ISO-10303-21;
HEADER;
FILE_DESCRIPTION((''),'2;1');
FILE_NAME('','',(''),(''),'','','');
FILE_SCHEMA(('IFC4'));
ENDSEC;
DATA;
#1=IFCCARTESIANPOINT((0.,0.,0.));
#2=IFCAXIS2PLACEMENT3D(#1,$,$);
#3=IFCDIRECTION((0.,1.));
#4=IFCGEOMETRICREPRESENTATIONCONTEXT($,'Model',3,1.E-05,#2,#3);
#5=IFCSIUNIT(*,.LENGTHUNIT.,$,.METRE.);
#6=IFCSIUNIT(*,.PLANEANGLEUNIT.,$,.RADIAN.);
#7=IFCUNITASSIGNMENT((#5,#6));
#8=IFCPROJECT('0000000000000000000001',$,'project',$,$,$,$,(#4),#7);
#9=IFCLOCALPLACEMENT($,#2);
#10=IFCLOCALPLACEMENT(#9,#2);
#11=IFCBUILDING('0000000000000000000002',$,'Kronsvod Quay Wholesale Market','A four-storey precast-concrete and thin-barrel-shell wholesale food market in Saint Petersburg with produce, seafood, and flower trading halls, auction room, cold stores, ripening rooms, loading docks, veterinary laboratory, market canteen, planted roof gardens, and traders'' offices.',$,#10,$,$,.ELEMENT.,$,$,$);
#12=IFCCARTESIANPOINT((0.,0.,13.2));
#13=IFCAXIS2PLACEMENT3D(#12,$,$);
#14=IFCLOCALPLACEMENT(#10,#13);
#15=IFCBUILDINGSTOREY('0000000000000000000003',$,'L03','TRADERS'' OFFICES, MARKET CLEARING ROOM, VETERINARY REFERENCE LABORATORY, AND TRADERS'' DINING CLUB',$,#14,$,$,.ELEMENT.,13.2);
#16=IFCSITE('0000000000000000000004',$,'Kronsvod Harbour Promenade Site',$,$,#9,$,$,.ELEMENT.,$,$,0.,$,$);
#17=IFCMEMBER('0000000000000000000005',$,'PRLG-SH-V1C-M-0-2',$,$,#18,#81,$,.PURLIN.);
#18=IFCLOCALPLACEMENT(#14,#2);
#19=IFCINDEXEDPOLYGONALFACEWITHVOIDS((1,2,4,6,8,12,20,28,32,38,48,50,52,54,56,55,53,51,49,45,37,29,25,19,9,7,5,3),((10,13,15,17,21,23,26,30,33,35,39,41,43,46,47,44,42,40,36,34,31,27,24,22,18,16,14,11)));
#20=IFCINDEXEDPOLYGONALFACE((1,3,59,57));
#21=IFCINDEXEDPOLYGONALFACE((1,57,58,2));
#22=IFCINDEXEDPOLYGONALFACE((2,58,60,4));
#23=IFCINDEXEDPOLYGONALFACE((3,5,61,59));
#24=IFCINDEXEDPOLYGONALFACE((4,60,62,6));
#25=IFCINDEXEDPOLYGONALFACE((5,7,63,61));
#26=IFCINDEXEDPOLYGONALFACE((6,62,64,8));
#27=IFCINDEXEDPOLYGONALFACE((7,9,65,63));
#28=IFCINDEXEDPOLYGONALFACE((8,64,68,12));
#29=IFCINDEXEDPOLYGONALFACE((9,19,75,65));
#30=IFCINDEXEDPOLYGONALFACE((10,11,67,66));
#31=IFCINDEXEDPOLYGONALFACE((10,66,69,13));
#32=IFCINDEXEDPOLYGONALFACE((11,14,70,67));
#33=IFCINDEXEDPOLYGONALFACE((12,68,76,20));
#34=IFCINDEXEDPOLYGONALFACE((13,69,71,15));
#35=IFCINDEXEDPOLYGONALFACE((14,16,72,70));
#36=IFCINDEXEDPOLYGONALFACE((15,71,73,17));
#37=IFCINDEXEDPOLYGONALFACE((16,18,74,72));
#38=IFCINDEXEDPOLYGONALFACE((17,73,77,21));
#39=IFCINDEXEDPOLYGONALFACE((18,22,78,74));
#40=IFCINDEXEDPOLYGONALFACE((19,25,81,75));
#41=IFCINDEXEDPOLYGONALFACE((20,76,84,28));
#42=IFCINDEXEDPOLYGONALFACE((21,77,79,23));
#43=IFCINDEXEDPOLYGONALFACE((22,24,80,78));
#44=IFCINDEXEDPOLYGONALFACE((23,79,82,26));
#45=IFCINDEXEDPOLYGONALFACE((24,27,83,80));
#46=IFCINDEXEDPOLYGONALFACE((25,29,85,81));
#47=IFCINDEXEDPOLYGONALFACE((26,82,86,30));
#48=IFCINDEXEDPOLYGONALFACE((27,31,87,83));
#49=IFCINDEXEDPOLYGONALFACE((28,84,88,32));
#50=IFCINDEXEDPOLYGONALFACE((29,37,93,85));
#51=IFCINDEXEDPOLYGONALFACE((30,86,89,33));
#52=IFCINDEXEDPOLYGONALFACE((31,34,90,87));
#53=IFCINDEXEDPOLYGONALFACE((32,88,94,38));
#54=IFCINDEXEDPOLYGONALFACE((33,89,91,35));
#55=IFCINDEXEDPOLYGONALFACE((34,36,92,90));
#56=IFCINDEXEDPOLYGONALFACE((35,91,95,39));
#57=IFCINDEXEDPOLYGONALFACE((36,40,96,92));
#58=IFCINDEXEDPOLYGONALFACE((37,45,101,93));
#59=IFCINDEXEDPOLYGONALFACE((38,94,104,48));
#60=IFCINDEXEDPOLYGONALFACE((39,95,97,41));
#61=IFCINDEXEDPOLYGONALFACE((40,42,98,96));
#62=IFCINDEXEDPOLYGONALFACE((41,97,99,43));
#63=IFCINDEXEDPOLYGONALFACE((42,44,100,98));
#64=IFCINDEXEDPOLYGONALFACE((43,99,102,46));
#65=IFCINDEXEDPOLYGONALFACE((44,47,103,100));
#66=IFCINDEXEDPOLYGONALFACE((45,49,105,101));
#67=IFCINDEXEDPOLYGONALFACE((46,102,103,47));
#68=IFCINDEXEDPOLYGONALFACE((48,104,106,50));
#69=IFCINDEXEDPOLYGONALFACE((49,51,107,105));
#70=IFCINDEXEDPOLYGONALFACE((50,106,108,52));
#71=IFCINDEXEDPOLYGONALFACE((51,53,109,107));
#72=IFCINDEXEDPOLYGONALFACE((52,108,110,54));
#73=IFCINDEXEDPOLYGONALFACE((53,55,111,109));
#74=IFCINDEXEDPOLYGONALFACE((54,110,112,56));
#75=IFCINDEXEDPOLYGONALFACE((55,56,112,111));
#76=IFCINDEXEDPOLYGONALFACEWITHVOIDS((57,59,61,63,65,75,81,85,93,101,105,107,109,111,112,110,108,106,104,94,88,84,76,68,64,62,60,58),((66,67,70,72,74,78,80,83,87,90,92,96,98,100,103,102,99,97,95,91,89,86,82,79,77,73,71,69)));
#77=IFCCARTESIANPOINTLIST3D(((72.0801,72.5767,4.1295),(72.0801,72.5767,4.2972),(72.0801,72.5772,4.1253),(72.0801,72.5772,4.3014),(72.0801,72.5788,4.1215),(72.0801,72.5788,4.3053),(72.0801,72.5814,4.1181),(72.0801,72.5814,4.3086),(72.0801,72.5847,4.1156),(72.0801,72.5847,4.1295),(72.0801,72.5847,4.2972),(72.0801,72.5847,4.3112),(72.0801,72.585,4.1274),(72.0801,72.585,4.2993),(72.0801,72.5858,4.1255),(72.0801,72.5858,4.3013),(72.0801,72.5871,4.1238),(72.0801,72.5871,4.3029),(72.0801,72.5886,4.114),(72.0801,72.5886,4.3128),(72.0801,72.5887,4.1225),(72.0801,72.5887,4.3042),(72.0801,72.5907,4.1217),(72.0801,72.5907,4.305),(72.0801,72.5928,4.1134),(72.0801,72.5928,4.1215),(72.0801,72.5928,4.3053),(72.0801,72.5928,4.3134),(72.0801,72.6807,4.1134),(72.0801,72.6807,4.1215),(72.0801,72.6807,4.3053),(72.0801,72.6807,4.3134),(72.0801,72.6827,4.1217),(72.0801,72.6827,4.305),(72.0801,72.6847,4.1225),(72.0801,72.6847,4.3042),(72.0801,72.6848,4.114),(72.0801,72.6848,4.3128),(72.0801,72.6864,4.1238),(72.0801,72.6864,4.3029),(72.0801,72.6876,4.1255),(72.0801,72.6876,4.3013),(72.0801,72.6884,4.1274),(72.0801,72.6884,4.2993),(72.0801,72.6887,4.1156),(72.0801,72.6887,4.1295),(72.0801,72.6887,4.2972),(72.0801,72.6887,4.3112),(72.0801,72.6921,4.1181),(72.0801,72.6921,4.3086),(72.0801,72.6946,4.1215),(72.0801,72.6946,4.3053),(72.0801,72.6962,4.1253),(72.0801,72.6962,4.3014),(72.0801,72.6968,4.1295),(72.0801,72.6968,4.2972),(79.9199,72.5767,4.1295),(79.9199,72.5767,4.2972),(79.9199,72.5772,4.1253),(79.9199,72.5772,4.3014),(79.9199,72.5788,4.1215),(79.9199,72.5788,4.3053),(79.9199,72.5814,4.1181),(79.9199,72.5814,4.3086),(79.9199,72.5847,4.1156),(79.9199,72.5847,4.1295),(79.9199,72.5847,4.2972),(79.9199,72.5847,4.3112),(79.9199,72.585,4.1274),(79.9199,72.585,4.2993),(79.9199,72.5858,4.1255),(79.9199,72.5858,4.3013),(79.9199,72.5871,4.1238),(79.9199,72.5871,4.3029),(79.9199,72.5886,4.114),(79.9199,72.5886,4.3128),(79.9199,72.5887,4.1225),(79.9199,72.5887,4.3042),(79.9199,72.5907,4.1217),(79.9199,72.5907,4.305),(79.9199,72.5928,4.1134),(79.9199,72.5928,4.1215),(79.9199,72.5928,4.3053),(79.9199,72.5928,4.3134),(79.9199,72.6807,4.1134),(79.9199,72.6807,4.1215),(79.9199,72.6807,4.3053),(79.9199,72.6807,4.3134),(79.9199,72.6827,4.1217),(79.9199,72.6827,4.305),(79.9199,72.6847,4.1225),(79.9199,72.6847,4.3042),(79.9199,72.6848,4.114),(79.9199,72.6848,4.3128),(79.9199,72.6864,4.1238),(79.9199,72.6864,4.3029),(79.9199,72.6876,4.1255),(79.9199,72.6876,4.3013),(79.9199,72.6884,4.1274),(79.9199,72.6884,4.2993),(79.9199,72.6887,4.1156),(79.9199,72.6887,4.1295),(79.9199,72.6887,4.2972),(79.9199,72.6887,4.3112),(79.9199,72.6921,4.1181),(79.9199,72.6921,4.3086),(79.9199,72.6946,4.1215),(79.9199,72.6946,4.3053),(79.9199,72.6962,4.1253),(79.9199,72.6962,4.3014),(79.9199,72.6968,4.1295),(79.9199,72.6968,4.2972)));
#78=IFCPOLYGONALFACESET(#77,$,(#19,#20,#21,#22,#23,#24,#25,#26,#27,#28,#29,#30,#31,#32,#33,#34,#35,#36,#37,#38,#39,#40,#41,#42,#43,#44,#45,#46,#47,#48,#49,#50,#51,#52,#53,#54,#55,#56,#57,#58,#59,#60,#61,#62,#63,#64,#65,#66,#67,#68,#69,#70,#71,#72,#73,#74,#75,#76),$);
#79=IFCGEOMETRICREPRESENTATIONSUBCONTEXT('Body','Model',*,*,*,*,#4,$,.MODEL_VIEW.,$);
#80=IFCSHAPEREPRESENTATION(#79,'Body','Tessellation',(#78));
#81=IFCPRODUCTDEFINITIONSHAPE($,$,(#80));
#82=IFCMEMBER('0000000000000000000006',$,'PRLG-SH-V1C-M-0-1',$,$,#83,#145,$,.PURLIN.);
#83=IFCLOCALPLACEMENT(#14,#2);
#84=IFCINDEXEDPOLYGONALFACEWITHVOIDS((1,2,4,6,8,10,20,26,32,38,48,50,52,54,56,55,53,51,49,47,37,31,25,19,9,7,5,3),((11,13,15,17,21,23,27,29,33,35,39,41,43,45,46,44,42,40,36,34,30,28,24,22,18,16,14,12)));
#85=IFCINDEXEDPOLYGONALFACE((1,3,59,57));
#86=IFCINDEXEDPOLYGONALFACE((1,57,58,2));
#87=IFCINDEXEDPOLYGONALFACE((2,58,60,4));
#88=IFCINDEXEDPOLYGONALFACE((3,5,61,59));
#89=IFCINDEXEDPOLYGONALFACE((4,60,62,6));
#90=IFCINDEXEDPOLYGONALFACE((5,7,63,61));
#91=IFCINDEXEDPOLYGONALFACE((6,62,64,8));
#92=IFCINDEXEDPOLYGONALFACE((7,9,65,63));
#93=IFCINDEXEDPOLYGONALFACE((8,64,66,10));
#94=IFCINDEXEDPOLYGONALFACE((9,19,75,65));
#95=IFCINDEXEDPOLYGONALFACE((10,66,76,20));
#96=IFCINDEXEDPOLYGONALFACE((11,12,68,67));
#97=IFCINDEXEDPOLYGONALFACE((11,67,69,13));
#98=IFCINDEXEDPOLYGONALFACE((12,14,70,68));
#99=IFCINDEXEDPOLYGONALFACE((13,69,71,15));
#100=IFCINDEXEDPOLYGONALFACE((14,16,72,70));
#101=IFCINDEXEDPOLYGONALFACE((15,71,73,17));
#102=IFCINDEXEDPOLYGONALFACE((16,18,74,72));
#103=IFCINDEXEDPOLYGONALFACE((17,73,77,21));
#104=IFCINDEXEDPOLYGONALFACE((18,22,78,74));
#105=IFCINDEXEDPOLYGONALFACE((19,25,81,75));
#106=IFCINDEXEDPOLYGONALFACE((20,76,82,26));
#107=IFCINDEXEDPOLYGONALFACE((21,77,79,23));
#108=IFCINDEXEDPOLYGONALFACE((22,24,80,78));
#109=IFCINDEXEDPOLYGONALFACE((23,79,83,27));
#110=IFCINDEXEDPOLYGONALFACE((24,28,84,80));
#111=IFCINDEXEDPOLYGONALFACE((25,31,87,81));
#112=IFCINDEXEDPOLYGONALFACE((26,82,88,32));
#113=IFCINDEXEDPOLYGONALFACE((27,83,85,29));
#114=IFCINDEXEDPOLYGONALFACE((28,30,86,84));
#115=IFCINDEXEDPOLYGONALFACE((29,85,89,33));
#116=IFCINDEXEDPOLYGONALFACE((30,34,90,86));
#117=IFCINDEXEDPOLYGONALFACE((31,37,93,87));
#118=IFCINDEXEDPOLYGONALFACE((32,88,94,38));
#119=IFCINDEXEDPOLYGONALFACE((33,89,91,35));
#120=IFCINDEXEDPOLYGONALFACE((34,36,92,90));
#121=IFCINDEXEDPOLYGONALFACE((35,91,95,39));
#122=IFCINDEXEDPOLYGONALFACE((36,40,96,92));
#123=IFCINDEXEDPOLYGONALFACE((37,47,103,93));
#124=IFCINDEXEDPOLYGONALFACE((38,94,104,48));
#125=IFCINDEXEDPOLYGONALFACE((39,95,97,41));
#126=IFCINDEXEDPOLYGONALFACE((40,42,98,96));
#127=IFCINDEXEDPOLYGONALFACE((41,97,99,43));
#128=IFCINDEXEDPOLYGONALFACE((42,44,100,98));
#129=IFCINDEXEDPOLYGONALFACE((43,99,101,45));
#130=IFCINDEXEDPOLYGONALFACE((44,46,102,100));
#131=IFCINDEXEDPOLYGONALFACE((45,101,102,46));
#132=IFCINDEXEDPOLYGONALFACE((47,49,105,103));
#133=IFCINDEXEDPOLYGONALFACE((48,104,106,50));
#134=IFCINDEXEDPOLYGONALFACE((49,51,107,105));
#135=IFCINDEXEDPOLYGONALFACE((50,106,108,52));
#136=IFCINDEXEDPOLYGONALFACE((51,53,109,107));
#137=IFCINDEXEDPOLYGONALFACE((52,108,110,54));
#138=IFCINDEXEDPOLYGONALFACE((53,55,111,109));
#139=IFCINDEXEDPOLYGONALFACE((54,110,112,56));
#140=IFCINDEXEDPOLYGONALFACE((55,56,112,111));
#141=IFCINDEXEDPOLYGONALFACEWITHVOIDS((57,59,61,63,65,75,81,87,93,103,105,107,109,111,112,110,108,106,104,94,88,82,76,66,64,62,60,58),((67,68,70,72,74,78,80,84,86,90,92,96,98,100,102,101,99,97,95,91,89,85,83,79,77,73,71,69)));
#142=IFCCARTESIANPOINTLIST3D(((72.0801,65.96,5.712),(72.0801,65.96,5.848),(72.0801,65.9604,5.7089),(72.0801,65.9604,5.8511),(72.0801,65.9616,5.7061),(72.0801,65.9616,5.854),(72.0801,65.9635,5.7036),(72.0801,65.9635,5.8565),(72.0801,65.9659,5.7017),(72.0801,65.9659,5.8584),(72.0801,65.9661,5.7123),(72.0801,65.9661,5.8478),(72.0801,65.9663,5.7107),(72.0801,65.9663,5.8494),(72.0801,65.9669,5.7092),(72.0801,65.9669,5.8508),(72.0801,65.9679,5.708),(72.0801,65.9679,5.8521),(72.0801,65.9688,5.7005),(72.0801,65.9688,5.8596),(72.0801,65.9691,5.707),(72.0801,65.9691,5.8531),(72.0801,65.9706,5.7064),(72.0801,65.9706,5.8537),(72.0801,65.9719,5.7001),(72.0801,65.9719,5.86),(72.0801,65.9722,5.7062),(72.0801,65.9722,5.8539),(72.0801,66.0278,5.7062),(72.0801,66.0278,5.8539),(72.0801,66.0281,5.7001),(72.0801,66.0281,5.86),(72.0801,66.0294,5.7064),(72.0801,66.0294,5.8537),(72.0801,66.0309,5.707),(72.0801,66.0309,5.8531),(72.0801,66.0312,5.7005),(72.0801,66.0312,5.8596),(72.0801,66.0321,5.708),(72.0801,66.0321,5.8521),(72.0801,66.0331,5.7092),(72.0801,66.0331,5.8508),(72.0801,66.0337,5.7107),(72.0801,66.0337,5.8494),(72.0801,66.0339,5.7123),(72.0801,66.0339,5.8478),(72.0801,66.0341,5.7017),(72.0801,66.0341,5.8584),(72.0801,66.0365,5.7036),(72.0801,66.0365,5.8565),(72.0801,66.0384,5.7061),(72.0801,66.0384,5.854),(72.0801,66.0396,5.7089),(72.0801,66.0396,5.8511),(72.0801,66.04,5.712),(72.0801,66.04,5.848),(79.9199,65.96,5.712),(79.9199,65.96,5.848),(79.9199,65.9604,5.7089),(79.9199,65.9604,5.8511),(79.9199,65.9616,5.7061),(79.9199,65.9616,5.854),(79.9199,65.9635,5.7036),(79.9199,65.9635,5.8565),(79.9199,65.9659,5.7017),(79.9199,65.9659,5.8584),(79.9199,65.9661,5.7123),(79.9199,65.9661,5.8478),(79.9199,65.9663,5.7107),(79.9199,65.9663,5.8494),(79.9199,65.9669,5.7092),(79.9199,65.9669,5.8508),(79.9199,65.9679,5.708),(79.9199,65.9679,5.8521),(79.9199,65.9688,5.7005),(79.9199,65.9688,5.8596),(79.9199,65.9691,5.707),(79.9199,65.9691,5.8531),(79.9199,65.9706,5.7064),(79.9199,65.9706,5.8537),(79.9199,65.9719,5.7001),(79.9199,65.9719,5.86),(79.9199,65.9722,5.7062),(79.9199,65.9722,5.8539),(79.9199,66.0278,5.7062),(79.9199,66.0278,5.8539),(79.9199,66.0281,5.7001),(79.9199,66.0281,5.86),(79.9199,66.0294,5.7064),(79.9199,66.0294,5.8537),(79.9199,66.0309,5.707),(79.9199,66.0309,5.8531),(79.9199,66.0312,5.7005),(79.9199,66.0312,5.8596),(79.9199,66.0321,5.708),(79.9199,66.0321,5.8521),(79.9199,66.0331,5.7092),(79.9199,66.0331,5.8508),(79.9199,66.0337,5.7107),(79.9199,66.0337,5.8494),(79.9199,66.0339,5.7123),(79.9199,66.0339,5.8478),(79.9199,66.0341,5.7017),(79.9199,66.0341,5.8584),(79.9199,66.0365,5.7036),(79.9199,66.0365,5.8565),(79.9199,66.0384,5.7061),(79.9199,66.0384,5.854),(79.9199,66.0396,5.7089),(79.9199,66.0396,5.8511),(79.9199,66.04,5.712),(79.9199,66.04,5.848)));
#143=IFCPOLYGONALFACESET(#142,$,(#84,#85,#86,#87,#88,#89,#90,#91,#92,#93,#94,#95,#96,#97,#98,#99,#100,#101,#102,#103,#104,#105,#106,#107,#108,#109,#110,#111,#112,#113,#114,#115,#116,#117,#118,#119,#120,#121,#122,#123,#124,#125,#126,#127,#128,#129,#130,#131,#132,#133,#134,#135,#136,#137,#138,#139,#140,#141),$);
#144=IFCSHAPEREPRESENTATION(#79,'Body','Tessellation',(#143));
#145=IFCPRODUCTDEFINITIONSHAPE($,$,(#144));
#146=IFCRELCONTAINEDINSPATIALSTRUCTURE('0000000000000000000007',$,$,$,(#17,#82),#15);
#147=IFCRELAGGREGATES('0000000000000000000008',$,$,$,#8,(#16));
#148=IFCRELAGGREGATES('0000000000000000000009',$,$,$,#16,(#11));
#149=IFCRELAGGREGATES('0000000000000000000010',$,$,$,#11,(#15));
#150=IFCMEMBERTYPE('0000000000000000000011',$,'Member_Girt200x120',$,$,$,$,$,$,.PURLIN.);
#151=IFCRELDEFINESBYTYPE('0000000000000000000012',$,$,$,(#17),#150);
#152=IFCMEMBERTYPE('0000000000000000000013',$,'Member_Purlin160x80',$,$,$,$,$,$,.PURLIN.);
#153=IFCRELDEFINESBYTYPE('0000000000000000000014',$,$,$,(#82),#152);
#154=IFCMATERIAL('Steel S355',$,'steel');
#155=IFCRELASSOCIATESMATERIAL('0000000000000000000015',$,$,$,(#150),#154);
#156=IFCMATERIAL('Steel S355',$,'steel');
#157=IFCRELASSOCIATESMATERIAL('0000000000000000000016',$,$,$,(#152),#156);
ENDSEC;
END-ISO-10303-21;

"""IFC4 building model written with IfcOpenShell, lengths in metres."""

from ifc_helpers import new_model, si_unit, direction, frame, origin, origin_2d, place, context, subcontext, project, spatial, hollow_rectangle, extrude, material, material_profile, profile_set, type_object, element, save


model = new_model("IFC4")

# Units and contexts
model_context = context("Model", 3, precision=1e-05, world=origin(), true_north=direction((0.0, 1.0)))
body_context = subcontext(model_context, "Body", "Model", "MODEL_VIEW")
ifc_project = project(units=[si_unit("LENGTHUNIT", "METRE"), si_unit("PLANEANGLEUNIT", "RADIAN")], contexts=[model_context])

# Site, building, storey
site_placement = place(None, origin())
site = spatial("IfcSite", under=ifc_project, at=site_placement, Name="Kronsvod Harbour Promenade Site", CompositionType="ELEMENT", RefElevation=0.0)
building_placement = place(site_placement, origin())
building = spatial("IfcBuilding", under=site, at=building_placement, Name="Kronsvod Quay Wholesale Market", Description="A four-storey precast-concrete and thin-barrel-shell wholesale food market in Saint Petersburg with produce, seafood, and flower trading halls, auction room, cold stores, ripening rooms, loading docks, veterinary laboratory, market canteen, planted roof gardens, and traders' offices.", CompositionType="ELEMENT")
storey_placement = place(building_placement, frame((0.0, 0.0, 13.2)))
storey = spatial("IfcBuildingStorey", under=building, at=storey_placement, Name="L03", Description="TRADERS' OFFICES, MARKET CLEARING ROOM, VETERINARY REFERENCE LABORATORY, AND TRADERS' DINING CLUB", CompositionType="ELEMENT", Elevation=13.2)

# Members
ifc_material_1 = material(Name="Steel S355", Category="steel")
ifc_material_profile_1 = material_profile(ifc_material_1, hollow_rectangle(XDim=0.1201, YDim=0.2, WallThickness=0.0081, InnerFilletRadius=0.0081, OuterFilletRadius=0.0161, at=origin_2d()), Name="RHS200x120x8")
ifc_profile_set_1 = profile_set([ifc_material_profile_1], Name="Steel S355")
member_type_1 = type_object("IfcMemberType", Name="Member_Girt200x120", PredefinedType="PURLIN", material=ifc_profile_set_1)
member_1_placement = place(storey_placement, frame((72.0801, 72.6367, 4.2134), z_axis=(1.0, 0.0, 0.0), x_axis=(0.0, 1.0, 0.0)))
element("IfcMember", 1, at=member_1_placement, inside=storey, type_object=member_type_1, Name="PRLG-SH-V1C-M-0-2", PredefinedType="PURLIN", context=body_context, shape_type="SweptSolid", body=[
    extrude(hollow_rectangle(XDim=0.1201, YDim=0.2, WallThickness=0.0081, InnerFilletRadius=0.0081, OuterFilletRadius=0.0161, at=origin_2d()), origin(), (0.0, 0.0, 1.0), 7.8398),
])
ifc_material_2 = material(Name="Steel S355", Category="steel")
ifc_material_profile_2 = material_profile(ifc_material_2, hollow_rectangle(XDim=0.0801, YDim=0.1599, WallThickness=0.0061, InnerFilletRadius=0.0061, OuterFilletRadius=0.012, at=origin_2d()), Name="RHS160x80x6")
ifc_profile_set_2 = profile_set([ifc_material_profile_2], Name="Steel S355")
member_type_2 = type_object("IfcMemberType", Name="Member_Purlin160x80", PredefinedType="PURLIN", material=ifc_profile_set_2)
for number, where, z_axis, x_axis, name in (
    (2, (72.0801, 66.0, 5.78), (1.0, 0.0, 0.0), (0.0, 1.0, 0.0), "PRLG-SH-V1C-M-0-1"),
):
    element("IfcMember", number, at=place(storey_placement, frame(where, z_axis=z_axis, x_axis=x_axis)), inside=storey, type_object=member_type_2, Name=name, PredefinedType="PURLIN", context=body_context, shape_type="SweptSolid", body=[
        extrude(hollow_rectangle(XDim=0.0801, YDim=0.1599, WallThickness=0.0061, InnerFilletRadius=0.0061, OuterFilletRadius=0.012, at=origin_2d()), origin(), (0.0, 0.0, 1.0), 7.8398),
    ])

save(model, "model.ifc")
